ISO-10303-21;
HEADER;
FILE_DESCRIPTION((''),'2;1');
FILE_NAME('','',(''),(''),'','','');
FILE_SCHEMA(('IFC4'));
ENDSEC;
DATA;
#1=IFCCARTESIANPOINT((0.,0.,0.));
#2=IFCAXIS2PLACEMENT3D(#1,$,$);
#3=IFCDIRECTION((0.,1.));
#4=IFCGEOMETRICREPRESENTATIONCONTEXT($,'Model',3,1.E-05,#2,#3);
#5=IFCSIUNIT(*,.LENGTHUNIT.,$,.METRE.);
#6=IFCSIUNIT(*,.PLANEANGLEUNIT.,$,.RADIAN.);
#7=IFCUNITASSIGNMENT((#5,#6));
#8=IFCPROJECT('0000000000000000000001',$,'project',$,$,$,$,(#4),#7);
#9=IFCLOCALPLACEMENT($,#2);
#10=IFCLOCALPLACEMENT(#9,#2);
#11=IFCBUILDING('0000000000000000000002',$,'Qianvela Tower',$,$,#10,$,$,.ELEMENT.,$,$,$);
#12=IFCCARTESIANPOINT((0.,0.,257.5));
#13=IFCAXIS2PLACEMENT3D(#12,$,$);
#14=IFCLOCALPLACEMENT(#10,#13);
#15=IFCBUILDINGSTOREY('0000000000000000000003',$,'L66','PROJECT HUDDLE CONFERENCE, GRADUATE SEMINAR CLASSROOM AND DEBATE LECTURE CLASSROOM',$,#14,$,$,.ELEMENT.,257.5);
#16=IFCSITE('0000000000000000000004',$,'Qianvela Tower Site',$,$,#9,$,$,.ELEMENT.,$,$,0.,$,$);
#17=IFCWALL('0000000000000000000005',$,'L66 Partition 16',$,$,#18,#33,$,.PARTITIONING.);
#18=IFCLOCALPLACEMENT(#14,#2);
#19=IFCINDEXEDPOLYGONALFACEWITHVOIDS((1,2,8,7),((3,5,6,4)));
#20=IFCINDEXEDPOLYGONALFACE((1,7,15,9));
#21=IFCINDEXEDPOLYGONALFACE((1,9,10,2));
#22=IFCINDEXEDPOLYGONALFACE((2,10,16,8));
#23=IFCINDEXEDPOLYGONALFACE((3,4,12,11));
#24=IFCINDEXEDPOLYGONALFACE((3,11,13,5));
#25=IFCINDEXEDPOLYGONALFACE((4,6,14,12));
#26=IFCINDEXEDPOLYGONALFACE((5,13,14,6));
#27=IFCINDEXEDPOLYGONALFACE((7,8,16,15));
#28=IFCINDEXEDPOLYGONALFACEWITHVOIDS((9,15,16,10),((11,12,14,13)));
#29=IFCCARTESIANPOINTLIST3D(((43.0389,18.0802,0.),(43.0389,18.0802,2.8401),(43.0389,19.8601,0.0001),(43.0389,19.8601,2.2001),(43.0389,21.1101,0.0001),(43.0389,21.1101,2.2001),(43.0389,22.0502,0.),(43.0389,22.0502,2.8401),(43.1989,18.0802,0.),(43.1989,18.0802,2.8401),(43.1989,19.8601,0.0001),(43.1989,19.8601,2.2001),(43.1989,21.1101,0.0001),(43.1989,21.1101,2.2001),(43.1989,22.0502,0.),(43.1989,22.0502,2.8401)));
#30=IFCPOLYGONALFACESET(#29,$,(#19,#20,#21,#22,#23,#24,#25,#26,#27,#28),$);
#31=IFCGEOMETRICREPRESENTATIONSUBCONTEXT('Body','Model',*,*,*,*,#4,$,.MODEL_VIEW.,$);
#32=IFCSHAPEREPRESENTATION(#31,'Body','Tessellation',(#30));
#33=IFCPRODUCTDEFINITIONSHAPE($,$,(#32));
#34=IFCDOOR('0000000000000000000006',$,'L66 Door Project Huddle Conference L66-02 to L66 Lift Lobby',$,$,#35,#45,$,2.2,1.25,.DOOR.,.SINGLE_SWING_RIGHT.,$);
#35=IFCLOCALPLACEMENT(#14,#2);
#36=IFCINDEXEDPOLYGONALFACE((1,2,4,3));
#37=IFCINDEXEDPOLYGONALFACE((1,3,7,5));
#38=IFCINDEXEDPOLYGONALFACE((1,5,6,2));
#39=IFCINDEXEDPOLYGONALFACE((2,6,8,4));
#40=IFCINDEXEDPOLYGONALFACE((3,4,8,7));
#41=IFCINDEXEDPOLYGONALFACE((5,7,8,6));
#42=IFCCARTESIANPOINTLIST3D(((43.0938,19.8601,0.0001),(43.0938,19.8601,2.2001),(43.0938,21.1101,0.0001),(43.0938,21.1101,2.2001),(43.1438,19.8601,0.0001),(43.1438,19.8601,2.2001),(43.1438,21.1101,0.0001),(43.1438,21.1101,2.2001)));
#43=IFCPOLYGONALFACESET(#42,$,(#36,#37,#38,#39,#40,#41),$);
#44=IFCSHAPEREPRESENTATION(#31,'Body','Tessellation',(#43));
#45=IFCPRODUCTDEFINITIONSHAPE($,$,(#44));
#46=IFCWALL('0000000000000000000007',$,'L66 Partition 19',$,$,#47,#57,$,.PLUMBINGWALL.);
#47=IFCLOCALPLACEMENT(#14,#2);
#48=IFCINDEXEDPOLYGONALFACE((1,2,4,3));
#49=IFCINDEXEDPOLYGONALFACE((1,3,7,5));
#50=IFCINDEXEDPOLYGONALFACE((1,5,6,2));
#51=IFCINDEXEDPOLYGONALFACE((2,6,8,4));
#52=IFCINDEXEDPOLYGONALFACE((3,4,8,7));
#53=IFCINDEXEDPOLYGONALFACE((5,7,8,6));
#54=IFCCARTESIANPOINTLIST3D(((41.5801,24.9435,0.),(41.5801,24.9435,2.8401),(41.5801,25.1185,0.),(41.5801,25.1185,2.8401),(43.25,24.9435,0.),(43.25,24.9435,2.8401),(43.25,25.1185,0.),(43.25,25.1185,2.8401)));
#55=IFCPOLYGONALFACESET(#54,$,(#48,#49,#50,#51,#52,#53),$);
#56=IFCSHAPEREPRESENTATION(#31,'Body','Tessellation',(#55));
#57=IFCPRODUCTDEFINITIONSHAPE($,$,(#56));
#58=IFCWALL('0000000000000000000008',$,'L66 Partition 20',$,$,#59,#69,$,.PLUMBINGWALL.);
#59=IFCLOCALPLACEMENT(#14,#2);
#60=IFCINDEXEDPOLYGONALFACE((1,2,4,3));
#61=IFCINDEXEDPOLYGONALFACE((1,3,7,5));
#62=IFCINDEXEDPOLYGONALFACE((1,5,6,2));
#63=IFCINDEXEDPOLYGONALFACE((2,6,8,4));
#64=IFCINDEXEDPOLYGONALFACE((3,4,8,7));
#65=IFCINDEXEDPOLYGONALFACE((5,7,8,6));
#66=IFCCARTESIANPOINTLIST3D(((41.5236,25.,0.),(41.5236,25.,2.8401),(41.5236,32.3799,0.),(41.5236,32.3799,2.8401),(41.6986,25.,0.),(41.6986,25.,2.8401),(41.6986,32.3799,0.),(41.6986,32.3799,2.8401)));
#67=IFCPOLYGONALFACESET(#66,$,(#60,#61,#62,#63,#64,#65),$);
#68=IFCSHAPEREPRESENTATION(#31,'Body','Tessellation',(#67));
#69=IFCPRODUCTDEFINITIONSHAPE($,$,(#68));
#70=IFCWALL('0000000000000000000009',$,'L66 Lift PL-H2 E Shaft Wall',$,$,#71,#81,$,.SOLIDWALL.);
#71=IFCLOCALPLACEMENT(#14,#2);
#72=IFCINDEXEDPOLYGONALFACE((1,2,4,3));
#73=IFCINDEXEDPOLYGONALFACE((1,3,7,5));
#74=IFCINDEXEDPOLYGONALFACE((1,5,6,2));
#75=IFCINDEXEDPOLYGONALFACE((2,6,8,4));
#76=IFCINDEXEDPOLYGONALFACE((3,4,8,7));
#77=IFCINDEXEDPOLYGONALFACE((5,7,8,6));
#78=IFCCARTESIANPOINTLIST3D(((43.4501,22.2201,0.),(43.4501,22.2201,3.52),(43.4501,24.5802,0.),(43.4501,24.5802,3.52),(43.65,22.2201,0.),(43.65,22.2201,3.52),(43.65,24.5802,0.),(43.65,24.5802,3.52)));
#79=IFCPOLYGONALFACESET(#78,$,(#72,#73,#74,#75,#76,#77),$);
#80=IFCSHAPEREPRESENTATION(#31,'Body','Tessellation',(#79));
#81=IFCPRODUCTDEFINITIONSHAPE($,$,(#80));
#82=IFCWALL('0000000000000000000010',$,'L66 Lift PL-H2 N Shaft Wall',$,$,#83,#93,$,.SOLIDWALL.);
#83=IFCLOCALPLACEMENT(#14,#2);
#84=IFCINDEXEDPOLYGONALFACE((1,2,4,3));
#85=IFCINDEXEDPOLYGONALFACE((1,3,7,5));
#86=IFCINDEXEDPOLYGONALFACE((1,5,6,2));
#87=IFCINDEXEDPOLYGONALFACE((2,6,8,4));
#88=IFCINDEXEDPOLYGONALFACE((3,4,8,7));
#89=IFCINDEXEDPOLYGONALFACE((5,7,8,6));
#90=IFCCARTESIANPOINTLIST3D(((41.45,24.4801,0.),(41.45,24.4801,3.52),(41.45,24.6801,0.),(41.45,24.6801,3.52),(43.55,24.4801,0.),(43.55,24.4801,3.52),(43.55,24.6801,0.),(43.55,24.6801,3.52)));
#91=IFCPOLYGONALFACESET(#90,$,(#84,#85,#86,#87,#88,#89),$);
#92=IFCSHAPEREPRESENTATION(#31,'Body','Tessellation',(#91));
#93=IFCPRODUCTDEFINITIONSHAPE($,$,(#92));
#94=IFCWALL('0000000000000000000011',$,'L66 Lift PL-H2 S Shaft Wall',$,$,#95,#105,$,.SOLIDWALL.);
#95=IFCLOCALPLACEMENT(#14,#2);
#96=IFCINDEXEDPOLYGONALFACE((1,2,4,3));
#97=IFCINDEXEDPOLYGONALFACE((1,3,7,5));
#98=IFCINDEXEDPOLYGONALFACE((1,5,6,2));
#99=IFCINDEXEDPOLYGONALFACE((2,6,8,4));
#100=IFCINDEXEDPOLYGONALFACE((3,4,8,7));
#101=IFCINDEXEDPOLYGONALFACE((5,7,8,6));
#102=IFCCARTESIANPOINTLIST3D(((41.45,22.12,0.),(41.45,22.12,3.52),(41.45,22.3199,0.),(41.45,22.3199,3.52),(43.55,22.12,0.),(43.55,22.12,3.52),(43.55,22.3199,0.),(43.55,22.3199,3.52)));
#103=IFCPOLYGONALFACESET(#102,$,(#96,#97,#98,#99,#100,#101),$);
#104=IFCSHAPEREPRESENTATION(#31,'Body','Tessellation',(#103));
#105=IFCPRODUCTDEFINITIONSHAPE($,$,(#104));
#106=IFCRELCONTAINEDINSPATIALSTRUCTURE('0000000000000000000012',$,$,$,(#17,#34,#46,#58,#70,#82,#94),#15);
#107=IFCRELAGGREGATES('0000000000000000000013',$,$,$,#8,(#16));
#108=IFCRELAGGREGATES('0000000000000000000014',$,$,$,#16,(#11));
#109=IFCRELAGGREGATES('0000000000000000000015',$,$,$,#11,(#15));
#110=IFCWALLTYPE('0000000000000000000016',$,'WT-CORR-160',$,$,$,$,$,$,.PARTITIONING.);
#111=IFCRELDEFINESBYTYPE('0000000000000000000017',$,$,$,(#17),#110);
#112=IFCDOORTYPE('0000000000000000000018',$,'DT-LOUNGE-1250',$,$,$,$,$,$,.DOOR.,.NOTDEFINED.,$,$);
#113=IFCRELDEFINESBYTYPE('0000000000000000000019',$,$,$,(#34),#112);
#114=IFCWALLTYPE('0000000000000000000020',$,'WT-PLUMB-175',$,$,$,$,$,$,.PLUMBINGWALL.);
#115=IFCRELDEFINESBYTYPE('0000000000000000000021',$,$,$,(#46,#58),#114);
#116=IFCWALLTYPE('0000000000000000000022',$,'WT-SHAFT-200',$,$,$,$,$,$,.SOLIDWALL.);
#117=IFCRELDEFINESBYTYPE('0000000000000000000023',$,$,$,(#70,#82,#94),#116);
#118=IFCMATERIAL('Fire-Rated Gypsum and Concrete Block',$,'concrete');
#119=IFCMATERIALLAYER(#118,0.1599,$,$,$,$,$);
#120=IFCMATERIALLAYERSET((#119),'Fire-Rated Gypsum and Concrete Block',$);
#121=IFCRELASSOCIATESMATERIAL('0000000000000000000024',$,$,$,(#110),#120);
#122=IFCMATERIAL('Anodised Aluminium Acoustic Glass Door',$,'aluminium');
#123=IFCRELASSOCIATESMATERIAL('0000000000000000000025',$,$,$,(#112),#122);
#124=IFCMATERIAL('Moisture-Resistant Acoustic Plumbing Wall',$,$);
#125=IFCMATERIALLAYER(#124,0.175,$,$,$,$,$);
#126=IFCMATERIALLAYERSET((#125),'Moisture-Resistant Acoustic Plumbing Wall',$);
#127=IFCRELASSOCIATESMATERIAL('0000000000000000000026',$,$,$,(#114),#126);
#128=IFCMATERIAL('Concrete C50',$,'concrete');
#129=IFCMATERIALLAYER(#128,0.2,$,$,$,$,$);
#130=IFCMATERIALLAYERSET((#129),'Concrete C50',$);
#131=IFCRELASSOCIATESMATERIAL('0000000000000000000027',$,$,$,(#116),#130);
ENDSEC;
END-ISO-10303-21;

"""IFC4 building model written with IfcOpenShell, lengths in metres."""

from ifc_helpers import new_model, si_unit, direction, frame, frame_2d, origin, place, context, subcontext, project, spatial, rectangle, extrude, material, layer, layer_set, type_object, element, fill, save


model = new_model("IFC4")

# Units and contexts
model_context = context("Model", 3, precision=1e-05, world=origin(), true_north=direction((0.0, 1.0)))
body_context = subcontext(model_context, "Body", "Model", "MODEL_VIEW")
ifc_project = project(units=[si_unit("LENGTHUNIT", "METRE"), si_unit("PLANEANGLEUNIT", "RADIAN")], contexts=[model_context])

# Site, building, storey
site_placement = place(None, origin())
site = spatial("IfcSite", under=ifc_project, at=site_placement, Name="Qianvela Tower Site", CompositionType="ELEMENT", RefElevation=0.0)
building_placement = place(site_placement, origin())
building = spatial("IfcBuilding", under=site, at=building_placement, Name="Qianvela Tower", CompositionType="ELEMENT")
storey_placement = place(building_placement, frame((0.0, 0.0, 257.5)))
storey = spatial("IfcBuildingStorey", under=building, at=storey_placement, Name="L66", Description="PROJECT HUDDLE CONFERENCE, GRADUATE SEMINAR CLASSROOM AND DEBATE LECTURE CLASSROOM", CompositionType="ELEMENT", Elevation=257.5)

# Wall, opening, door
ifc_material_1 = material(Name="Fire-Rated Gypsum and Concrete Block", Category="concrete")
ifc_layer_1 = layer(ifc_material_1, 0.1599)
ifc_layer_set_1 = layer_set([ifc_layer_1], Name="Fire-Rated Gypsum and Concrete Block")
wall_type_1 = type_object("IfcWallType", Name="WT-CORR-160", PredefinedType="PARTITIONING", material=ifc_layer_set_1)
wall_1_placement = place(storey_placement, frame((43.1189, 22.05, 0.0), z_axis=(0.0, 0.0, 1.0), x_axis=(0.0, -1.0, 0.0)))
wall_1 = element("IfcWall", 1, at=wall_1_placement, inside=storey, type_object=wall_type_1, Name="L66 Partition 16", PredefinedType="PARTITIONING", context=body_context, shape_type="SweptSolid", body=[
    extrude(rectangle(XDim=3.97, YDim=0.1599, at=frame_2d((1.9849, 0.0))), origin(), (0.0, 0.0, 1.0), 2.8401),
])
opening_1_placement = place(wall_1_placement, frame((0.9399, 0.0, 0.0)))
opening_1 = element("IfcOpeningElement", 2, at=opening_1_placement, cuts=wall_1, PredefinedType="OPENING", context=body_context, shape_type="SweptSolid", body=[
    extrude(rectangle(XDim=1.25, YDim=2.2, at=frame_2d((0.625, 1.1001))), frame((0.0, 0.0898, 0.0), z_axis=(0.0, -1.0, 0.0), x_axis=(1.0, 0.0, 0.0)), (0.0, 0.0, 1.0), 0.1799),
])
ifc_material_2 = material(Name="Anodised Aluminium Acoustic Glass Door", Category="aluminium")
door_type_1 = type_object("IfcDoorType", Name="DT-LOUNGE-1250", OperationType="NOTDEFINED", PredefinedType="DOOR", material=ifc_material_2)
door_1_placement = place(opening_1_placement, origin())
door_1 = element("IfcDoor", 3, at=door_1_placement, inside=storey, type_object=door_type_1, Name="L66 Door Project Huddle Conference L66-02 to L66 Lift Lobby", OperationType="SINGLE_SWING_RIGHT", OverallHeight=2.2, OverallWidth=1.25, PredefinedType="DOOR", context=body_context, shape_type="SweptSolid", body=[
    extrude(rectangle(XDim=1.25, YDim=2.2, at=frame_2d((0.625, 1.1001))), frame((0.0, 0.0249, 0.0), z_axis=(0.0, -1.0, 0.0), x_axis=(1.0, 0.0, 0.0)), (0.0, 0.0, 1.0), 0.05),
])
fill(opening_1, door_1)

# Walls
ifc_material_3 = material(Name="Moisture-Resistant Acoustic Plumbing Wall")
ifc_layer_2 = layer(ifc_material_3, 0.175)
ifc_layer_set_2 = layer_set([ifc_layer_2], Name="Moisture-Resistant Acoustic Plumbing Wall")
wall_type_2 = type_object("IfcWallType", Name="WT-PLUMB-175", PredefinedType="PLUMBINGWALL", material=ifc_layer_set_2)
wall_2_placement = place(storey_placement, frame((43.25, 25.031, 0.0), z_axis=(0.0, 0.0, 1.0), x_axis=(-1.0, 0.0, 0.0)))
element("IfcWall", 4, at=wall_2_placement, inside=storey, type_object=wall_type_2, Name="L66 Partition 19", PredefinedType="PLUMBINGWALL", context=body_context, shape_type="SweptSolid", body=[
    extrude(rectangle(XDim=1.6699, YDim=0.175, at=frame_2d((0.835, 0.0))), origin(), (0.0, 0.0, 1.0), 2.8401),
])
wall_3_placement = place(storey_placement, frame((41.6111, 25.0, 0.0), z_axis=(0.0, 0.0, 1.0), x_axis=(0.0, 1.0, 0.0)))
element("IfcWall", 5, at=wall_3_placement, inside=storey, type_object=wall_type_2, Name="L66 Partition 20", PredefinedType="PLUMBINGWALL", context=body_context, shape_type="SweptSolid", body=[
    extrude(rectangle(XDim=7.3799, YDim=0.175, at=frame_2d((3.6899, 0.0))), origin(), (0.0, 0.0, 1.0), 2.8401),
])
ifc_material_4 = material(Name="Concrete C50", Category="concrete")
ifc_layer_3 = layer(ifc_material_4, 0.2)
ifc_layer_set_3 = layer_set([ifc_layer_3], Name="Concrete C50")
wall_type_3 = type_object("IfcWallType", Name="WT-SHAFT-200", PredefinedType="SOLIDWALL", material=ifc_layer_set_3)
wall_4_placement = place(storey_placement, frame((43.55, 22.22, 0.0), z_axis=(0.0, 0.0, 1.0), x_axis=(0.0, 1.0, 0.0)))
element("IfcWall", 6, at=wall_4_placement, inside=storey, type_object=wall_type_3, Name="L66 Lift PL-H2 E Shaft Wall", PredefinedType="SOLIDWALL", context=body_context, shape_type="SweptSolid", body=[
    extrude(rectangle(XDim=2.3601, YDim=0.2, at=frame_2d((1.1802, 0.0))), origin(), (0.0, 0.0, 1.0), 3.52),
])

# Walls
for number, where, z_axis, x_axis, name in (
    (7, (41.45, 24.5801, 0.0), (0.0, 0.0, 1.0), (1.0, 0.0, 0.0), "L66 Lift PL-H2 N Shaft Wall"),
    (8, (41.45, 22.22, 0.0), (0.0, 0.0, 1.0), (1.0, 0.0, 0.0), "L66 Lift PL-H2 S Shaft Wall"),
):
    element("IfcWall", number, at=place(storey_placement, frame(where, z_axis=z_axis, x_axis=x_axis)), inside=storey, type_object=wall_type_3, Name=name, PredefinedType="SOLIDWALL", context=body_context, shape_type="SweptSolid", body=[
        extrude(rectangle(XDim=2.1001, YDim=0.2, at=frame_2d((1.05, 0.0))), origin(), (0.0, 0.0, 1.0), 3.52),
    ])

save(model, "model.ifc")
